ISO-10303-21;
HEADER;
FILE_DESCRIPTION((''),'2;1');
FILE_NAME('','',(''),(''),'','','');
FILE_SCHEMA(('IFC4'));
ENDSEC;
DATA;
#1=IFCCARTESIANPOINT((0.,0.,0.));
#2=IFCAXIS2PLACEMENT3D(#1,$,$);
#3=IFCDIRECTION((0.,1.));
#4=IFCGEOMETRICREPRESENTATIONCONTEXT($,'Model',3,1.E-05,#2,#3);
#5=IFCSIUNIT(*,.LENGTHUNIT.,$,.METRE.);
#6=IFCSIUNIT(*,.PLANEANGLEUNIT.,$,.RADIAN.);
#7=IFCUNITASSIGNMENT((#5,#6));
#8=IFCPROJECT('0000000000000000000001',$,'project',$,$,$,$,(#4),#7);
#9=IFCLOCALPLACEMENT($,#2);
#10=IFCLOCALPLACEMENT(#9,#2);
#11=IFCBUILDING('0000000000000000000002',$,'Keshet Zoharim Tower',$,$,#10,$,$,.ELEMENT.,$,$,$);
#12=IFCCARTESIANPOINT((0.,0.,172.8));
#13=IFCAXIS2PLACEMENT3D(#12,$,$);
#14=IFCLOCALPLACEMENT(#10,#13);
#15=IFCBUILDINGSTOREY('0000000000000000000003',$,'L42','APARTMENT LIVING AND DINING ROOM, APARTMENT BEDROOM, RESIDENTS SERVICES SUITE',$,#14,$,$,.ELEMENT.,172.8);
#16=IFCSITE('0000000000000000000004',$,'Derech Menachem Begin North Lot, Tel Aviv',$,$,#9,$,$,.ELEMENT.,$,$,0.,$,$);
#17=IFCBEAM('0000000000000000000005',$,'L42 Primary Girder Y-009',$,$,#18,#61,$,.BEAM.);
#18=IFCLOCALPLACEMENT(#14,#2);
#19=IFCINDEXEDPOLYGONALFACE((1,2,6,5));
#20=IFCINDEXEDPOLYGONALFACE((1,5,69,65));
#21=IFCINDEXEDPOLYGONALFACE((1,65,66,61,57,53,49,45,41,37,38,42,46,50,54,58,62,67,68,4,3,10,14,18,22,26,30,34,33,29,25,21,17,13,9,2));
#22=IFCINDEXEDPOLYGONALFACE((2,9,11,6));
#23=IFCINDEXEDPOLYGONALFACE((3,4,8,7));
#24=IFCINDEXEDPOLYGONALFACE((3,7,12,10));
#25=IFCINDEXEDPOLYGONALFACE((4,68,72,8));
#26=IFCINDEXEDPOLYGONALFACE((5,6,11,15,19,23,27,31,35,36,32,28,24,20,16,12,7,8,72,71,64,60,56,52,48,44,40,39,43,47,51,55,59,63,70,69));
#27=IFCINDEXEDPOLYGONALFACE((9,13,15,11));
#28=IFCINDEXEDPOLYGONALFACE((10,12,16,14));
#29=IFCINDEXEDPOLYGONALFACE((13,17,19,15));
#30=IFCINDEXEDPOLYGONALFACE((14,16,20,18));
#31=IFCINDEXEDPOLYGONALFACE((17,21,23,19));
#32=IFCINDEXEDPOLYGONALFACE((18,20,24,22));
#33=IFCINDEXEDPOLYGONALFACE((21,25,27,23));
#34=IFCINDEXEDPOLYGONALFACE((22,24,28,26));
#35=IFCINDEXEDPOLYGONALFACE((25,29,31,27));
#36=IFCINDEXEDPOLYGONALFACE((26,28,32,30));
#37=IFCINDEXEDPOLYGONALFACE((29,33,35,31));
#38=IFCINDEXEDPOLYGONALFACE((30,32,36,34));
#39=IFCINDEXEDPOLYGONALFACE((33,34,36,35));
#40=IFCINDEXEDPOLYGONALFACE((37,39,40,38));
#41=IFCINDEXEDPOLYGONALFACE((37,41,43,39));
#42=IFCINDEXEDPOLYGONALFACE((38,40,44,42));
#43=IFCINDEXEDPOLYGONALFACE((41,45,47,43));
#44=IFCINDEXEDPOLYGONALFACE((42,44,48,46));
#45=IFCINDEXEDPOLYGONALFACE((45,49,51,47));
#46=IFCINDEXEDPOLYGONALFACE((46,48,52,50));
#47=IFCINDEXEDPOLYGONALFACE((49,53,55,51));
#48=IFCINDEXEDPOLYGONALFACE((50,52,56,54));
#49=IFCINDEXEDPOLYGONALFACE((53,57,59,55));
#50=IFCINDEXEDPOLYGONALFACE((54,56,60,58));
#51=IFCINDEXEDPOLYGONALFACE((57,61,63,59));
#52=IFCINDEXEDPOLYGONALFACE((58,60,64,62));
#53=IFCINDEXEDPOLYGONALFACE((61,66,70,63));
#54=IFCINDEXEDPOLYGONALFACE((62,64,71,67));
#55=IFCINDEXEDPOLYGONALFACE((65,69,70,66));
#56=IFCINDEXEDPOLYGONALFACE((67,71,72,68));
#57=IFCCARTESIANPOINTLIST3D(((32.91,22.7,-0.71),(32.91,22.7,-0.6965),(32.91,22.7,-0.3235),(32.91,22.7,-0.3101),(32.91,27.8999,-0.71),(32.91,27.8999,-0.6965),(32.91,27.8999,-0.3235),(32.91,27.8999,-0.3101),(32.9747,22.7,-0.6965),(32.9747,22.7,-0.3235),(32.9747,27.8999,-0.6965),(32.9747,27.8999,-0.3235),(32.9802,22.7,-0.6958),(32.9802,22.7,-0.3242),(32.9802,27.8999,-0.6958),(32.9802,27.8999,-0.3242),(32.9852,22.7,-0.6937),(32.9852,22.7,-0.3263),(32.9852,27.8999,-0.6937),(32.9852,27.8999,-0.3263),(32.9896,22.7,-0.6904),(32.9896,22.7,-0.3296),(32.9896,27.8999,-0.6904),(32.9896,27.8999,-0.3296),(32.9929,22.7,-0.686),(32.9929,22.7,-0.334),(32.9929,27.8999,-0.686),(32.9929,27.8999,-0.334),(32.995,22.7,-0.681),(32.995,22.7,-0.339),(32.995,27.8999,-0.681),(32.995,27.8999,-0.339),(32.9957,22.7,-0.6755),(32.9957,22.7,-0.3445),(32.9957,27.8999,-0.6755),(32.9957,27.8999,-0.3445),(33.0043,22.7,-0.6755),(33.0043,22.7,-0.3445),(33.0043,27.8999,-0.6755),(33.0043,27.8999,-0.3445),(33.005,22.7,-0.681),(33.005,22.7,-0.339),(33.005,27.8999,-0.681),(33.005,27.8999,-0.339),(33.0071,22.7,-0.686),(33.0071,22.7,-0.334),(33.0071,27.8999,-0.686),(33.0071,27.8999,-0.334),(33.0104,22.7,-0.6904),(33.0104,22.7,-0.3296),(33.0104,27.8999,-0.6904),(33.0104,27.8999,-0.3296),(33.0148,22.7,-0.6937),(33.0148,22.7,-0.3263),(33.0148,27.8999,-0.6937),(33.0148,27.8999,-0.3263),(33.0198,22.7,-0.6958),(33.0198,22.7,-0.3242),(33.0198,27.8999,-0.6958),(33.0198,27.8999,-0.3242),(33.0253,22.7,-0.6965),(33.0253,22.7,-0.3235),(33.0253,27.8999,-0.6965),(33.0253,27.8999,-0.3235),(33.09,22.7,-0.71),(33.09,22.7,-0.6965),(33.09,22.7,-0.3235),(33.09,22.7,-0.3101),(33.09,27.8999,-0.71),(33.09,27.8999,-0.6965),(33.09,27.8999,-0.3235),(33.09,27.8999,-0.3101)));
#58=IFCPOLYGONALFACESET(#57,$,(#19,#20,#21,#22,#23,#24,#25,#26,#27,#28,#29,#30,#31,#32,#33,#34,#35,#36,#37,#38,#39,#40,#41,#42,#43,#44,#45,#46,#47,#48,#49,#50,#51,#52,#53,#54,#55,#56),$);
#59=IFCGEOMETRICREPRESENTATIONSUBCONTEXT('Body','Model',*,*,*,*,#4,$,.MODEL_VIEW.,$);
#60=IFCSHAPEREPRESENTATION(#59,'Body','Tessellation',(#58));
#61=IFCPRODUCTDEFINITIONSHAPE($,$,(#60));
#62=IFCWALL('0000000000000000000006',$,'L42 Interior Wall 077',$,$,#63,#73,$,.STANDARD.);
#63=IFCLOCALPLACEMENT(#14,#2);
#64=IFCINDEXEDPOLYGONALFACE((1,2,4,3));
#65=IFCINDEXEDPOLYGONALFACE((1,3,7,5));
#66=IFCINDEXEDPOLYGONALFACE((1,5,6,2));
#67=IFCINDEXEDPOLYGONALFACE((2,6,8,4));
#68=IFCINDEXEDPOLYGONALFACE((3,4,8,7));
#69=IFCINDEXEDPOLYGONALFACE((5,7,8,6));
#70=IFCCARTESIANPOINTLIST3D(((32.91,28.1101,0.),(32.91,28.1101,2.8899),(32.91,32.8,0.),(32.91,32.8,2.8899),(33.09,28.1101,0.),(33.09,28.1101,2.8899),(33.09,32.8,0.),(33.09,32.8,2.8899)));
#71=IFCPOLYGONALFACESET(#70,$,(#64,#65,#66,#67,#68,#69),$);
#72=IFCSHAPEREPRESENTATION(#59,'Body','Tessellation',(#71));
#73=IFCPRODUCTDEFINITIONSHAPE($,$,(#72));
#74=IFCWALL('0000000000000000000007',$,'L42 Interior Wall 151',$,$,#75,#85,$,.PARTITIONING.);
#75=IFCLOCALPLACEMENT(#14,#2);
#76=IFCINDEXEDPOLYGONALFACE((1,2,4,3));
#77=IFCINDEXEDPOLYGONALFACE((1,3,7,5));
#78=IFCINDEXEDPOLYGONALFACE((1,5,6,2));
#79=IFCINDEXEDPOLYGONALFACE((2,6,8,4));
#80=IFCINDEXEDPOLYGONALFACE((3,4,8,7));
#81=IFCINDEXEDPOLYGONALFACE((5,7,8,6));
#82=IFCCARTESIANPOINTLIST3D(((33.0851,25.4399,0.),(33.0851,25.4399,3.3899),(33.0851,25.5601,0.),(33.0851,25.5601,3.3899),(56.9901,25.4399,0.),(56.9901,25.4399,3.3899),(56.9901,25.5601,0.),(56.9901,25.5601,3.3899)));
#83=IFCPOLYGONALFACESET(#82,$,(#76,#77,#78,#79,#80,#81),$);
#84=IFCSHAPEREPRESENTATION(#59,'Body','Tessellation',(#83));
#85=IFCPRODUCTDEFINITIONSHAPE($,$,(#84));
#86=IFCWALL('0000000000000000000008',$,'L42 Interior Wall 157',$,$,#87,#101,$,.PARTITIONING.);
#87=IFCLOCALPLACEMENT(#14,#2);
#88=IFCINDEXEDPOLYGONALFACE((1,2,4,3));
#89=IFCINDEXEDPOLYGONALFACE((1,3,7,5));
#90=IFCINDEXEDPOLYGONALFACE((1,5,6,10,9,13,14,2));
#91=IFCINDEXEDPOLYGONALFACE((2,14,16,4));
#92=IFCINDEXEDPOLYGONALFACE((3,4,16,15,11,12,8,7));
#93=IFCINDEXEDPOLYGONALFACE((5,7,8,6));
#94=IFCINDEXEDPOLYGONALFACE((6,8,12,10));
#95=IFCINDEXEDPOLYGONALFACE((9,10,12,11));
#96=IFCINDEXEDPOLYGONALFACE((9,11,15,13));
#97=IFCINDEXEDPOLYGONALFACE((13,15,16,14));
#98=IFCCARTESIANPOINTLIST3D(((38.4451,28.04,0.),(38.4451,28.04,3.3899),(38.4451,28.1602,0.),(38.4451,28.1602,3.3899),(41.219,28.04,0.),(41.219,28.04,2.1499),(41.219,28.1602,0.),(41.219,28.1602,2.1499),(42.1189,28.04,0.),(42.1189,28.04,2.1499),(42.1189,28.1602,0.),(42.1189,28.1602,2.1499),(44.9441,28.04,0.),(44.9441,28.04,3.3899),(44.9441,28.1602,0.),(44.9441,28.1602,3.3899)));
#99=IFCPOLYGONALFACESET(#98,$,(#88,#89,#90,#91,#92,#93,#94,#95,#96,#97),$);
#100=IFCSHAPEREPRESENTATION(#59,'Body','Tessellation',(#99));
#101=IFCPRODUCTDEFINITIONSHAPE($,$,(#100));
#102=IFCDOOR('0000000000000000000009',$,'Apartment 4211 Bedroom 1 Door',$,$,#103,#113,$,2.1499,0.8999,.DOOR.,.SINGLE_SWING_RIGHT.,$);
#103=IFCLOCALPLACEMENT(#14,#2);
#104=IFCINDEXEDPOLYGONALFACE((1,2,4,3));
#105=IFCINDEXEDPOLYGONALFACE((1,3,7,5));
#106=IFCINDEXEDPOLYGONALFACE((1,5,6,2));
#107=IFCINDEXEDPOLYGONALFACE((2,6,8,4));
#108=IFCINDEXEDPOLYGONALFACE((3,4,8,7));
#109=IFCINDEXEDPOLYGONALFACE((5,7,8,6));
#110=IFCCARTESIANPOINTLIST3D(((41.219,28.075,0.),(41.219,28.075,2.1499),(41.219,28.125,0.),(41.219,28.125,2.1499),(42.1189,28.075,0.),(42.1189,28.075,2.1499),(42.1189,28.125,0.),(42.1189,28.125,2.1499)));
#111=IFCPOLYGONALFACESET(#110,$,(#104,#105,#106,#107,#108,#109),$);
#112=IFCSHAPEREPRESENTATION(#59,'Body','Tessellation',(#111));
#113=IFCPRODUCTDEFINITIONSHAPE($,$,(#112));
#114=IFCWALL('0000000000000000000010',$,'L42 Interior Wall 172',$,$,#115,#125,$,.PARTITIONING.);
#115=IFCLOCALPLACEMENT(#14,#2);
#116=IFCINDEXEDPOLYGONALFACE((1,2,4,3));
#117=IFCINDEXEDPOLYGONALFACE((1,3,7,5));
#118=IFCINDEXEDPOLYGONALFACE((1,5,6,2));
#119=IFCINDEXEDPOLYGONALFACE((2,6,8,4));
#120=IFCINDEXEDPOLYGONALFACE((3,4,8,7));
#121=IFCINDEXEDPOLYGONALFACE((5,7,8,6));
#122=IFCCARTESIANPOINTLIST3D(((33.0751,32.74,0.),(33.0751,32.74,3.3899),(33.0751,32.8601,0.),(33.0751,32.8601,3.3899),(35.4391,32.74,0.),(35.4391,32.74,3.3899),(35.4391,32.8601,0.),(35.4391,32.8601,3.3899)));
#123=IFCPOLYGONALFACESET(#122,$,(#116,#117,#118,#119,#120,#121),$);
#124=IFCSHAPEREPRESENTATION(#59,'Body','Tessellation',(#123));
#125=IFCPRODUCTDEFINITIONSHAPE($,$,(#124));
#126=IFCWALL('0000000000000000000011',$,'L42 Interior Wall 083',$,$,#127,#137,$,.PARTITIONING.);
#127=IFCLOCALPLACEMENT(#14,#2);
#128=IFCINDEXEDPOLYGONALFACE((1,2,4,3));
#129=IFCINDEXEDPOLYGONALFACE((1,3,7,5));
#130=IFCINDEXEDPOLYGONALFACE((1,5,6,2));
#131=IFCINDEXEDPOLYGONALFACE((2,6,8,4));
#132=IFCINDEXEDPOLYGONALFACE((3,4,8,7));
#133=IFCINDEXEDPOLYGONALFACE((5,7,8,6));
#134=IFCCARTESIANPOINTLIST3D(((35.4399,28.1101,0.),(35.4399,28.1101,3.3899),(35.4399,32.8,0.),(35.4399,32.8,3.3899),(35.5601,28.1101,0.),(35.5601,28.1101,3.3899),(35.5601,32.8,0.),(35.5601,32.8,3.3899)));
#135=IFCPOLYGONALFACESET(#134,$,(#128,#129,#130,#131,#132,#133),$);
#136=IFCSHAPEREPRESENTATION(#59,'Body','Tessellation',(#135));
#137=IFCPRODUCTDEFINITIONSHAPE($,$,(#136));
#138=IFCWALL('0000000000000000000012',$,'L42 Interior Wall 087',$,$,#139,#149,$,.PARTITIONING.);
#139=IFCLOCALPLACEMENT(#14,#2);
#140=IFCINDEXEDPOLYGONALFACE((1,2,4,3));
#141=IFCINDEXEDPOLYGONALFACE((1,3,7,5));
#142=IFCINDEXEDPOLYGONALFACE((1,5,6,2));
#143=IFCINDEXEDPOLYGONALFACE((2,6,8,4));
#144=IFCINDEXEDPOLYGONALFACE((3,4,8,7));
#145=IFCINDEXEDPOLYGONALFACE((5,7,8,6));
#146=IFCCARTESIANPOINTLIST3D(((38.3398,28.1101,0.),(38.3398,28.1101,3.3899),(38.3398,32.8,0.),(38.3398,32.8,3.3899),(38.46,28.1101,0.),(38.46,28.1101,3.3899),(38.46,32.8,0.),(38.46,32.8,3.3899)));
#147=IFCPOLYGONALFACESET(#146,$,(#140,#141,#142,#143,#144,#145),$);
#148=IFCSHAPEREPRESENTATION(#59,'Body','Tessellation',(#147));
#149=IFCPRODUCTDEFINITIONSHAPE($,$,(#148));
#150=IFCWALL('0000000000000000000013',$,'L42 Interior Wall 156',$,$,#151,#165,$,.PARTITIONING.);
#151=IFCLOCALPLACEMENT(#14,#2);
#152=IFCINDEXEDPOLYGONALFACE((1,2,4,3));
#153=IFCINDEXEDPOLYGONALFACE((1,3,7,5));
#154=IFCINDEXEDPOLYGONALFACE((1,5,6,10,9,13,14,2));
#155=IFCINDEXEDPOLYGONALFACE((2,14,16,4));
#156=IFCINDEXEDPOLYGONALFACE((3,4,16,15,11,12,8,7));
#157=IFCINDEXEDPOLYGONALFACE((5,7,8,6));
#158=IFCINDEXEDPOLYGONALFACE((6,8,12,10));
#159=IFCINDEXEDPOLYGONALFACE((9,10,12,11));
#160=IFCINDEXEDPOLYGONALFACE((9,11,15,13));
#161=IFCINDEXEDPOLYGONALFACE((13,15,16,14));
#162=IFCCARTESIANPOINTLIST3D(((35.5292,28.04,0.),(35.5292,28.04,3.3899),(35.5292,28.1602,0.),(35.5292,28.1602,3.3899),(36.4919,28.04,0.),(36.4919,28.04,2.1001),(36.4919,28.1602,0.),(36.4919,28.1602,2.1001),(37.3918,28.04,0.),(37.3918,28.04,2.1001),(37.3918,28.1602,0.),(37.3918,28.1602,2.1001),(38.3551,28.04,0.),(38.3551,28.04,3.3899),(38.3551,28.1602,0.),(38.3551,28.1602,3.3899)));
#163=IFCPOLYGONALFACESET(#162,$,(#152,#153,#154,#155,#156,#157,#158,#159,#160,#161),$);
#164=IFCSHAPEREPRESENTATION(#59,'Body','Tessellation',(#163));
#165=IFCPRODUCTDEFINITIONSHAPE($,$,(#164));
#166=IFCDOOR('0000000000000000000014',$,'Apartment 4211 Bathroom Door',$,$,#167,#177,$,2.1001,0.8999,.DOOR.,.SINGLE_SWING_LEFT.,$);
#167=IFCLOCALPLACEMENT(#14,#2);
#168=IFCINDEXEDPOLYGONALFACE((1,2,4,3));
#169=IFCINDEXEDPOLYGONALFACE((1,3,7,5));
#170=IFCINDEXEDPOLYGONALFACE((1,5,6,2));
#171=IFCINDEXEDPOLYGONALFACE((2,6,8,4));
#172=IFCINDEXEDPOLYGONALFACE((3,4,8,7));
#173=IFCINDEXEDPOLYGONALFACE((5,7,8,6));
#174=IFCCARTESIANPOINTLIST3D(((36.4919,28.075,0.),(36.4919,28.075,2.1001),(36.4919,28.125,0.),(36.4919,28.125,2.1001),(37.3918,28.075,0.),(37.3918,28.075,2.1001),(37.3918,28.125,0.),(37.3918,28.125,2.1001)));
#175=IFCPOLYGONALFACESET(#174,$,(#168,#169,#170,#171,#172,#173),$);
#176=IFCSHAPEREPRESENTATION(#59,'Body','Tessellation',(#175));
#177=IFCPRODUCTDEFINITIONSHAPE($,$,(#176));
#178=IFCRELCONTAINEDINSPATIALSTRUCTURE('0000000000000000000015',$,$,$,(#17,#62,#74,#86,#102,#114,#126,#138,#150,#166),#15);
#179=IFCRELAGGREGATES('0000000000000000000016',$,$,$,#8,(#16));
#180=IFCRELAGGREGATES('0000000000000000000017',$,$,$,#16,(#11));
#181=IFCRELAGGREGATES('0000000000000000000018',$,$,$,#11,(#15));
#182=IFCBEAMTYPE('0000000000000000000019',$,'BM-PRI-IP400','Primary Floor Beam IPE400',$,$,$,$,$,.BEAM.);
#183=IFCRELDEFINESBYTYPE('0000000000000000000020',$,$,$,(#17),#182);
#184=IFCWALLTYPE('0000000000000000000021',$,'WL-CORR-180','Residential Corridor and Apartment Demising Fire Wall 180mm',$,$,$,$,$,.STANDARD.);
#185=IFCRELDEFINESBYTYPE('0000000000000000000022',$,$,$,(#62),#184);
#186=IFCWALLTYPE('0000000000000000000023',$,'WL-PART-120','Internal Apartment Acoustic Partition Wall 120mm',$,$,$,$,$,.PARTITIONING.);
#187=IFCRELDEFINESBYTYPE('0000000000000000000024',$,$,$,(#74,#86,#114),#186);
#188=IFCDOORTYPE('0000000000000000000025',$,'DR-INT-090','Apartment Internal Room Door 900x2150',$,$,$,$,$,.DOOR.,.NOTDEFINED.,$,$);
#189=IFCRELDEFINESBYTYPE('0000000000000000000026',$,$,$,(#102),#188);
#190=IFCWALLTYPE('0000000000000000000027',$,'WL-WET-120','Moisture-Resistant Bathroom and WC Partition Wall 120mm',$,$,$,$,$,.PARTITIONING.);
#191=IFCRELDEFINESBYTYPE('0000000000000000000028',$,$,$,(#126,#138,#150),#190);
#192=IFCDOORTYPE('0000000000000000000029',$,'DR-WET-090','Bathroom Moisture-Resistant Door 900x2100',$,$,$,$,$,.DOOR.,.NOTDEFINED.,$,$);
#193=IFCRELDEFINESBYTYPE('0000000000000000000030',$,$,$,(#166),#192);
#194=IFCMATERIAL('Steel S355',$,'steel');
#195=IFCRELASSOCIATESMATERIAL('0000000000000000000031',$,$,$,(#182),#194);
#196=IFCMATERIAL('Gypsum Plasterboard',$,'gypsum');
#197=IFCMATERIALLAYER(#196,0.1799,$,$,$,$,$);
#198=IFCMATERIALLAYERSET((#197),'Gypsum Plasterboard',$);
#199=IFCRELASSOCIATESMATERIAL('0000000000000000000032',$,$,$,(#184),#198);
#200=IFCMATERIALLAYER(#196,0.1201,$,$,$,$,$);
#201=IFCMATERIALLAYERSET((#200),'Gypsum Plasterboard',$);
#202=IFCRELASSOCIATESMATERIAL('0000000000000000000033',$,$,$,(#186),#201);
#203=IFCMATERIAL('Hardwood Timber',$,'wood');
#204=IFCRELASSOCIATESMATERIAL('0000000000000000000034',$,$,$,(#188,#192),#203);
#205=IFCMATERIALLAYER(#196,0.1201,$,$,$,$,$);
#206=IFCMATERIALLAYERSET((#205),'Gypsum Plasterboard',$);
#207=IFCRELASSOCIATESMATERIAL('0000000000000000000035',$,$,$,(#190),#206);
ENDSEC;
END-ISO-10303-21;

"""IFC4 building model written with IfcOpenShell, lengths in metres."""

from ifc_helpers import new_model, si_unit, direction, frame, frame_2d, origin, origin_2d, place, context, subcontext, project, spatial, rectangle, i_section, extrude, material, layer, layer_set, material_profile, profile_set, type_object, element, fill, save


model = new_model("IFC4")

# Units and contexts
model_context = context("Model", 3, precision=1e-05, world=origin(), true_north=direction((0.0, 1.0)))
body_context = subcontext(model_context, "Body", "Model", "MODEL_VIEW")
ifc_project = project(units=[si_unit("LENGTHUNIT", "METRE"), si_unit("PLANEANGLEUNIT", "RADIAN")], contexts=[model_context])

# Site, building, storey
site_placement = place(None, origin())
site = spatial("IfcSite", under=ifc_project, at=site_placement, Name="Derech Menachem Begin North Lot, Tel Aviv", CompositionType="ELEMENT", RefElevation=0.0)
building_placement = place(site_placement, origin())
building = spatial("IfcBuilding", under=site, at=building_placement, Name="Keshet Zoharim Tower", CompositionType="ELEMENT")
storey_placement = place(building_placement, frame((0.0, 0.0, 172.8)))
storey = spatial("IfcBuildingStorey", under=building, at=storey_placement, Name="L42", Description="APARTMENT LIVING AND DINING ROOM, APARTMENT BEDROOM, RESIDENTS SERVICES SUITE", CompositionType="ELEMENT", Elevation=172.8)

# Beam
ifc_material_1 = material(Name="Steel S355", Category="steel")
ifc_material_profile_1 = material_profile(ifc_material_1, i_section(OverallWidth=0.1799, OverallDepth=0.3999, WebThickness=0.0085, FlangeThickness=0.0134, FilletRadius=0.021, at=origin_2d()), Name="IPE400")
ifc_profile_set_1 = profile_set([ifc_material_profile_1], Name="Steel S355")
beam_type_1 = type_object("IfcBeamType", Name="BM-PRI-IP400", Description="Primary Floor Beam IPE400", PredefinedType="BEAM", material=ifc_profile_set_1)
beam_1_placement = place(storey_placement, frame((33.0, 22.7, -0.51), z_axis=(0.0, 1.0, 0.0), x_axis=(-1.0, 0.0, 0.0)))
element("IfcBeam", 1, at=beam_1_placement, inside=storey, type_object=beam_type_1, Name="L42 Primary Girder Y-009", PredefinedType="BEAM", context=body_context, shape_type="SweptSolid", body=[
    extrude(i_section(OverallWidth=0.1799, OverallDepth=0.3999, WebThickness=0.0085, FlangeThickness=0.0134, FilletRadius=0.021, at=origin_2d()), origin(), (0.0, 0.0, 1.0), 5.2),
])

# Shared definitions
ifc_material_2 = material(Name="Gypsum Plasterboard", Category="gypsum")
ifc_material_3 = material(Name="Hardwood Timber", Category="wood")
ifc_layer_1 = layer(ifc_material_2, 0.1799)
ifc_layer_set_1 = layer_set([ifc_layer_1], Name="Gypsum Plasterboard")
wall_type_1 = type_object("IfcWallType", Name="WL-CORR-180", Description="Residential Corridor and Apartment Demising Fire Wall 180mm", PredefinedType="STANDARD", material=ifc_layer_set_1)

# Walls
wall_1_placement = place(storey_placement, frame((33.0, 28.1101, 0.0), z_axis=(0.0, 0.0, 1.0), x_axis=(0.0, 1.0, 0.0)))
element("IfcWall", 2, at=wall_1_placement, inside=storey, type_object=wall_type_1, Name="L42 Interior Wall 077", PredefinedType="STANDARD", context=body_context, shape_type="SweptSolid", body=[
    extrude(rectangle(XDim=4.6899, YDim=0.1799, at=frame_2d((2.345, 0.0))), origin(), (0.0, 0.0, 1.0), 2.8899),
])
ifc_layer_2 = layer(ifc_material_2, 0.1201)
ifc_layer_set_2 = layer_set([ifc_layer_2], Name="Gypsum Plasterboard")
wall_type_2 = type_object("IfcWallType", Name="WL-PART-120", Description="Internal Apartment Acoustic Partition Wall 120mm", PredefinedType="PARTITIONING", material=ifc_layer_set_2)
wall_2_placement = place(storey_placement, frame((33.085, 25.5, 0.0), z_axis=(0.0, 0.0, 1.0), x_axis=(1.0, 0.0, 0.0)))
element("IfcWall", 3, at=wall_2_placement, inside=storey, type_object=wall_type_2, Name="L42 Interior Wall 151", PredefinedType="PARTITIONING", context=body_context, shape_type="SweptSolid", body=[
    extrude(rectangle(XDim=23.905, YDim=0.1201, at=frame_2d((11.9526, 0.0))), origin(), (0.0, 0.0, 1.0), 3.3899),
])

# Wall, opening, door
door_type_1 = type_object("IfcDoorType", Name="DR-INT-090", Description="Apartment Internal Room Door 900x2150", OperationType="NOTDEFINED", PredefinedType="DOOR", material=ifc_material_3)
wall_3_placement = place(storey_placement, frame((38.4451, 28.1001, 0.0), z_axis=(0.0, 0.0, 1.0), x_axis=(1.0, 0.0, 0.0)))
wall_3 = element("IfcWall", 4, at=wall_3_placement, inside=storey, type_object=wall_type_2, Name="L42 Interior Wall 157", PredefinedType="PARTITIONING", context=body_context, shape_type="SweptSolid", body=[
    extrude(rectangle(XDim=6.499, YDim=0.1201, at=frame_2d((3.2495, 0.0))), origin(), (0.0, 0.0, 1.0), 3.3899),
])
opening_1_placement = place(wall_3_placement, frame((2.7739, 0.0, 0.0)))
opening_1 = element("IfcOpeningElement", 5, at=opening_1_placement, cuts=wall_3, PredefinedType="OPENING", context=body_context, shape_type="SweptSolid", body=[
    extrude(rectangle(XDim=0.8999, YDim=2.1499, at=frame_2d((0.45, 1.075))), frame((0.0, 0.0701, 0.0), z_axis=(0.0, -1.0, 0.0), x_axis=(1.0, 0.0, 0.0)), (0.0, 0.0, 1.0), 0.1401),
])
door_1_placement = place(opening_1_placement, origin())
door_1 = element("IfcDoor", 6, at=door_1_placement, inside=storey, type_object=door_type_1, Name="Apartment 4211 Bedroom 1 Door", OperationType="SINGLE_SWING_RIGHT", OverallHeight=2.1499, OverallWidth=0.8999, PredefinedType="DOOR", context=body_context, shape_type="SweptSolid", body=[
    extrude(rectangle(XDim=0.8999, YDim=2.1499, at=frame_2d((0.45, 1.075))), frame((0.0, 0.0249, 0.0), z_axis=(0.0, -1.0, 0.0), x_axis=(1.0, 0.0, 0.0)), (0.0, 0.0, 1.0), 0.05),
])
fill(opening_1, door_1)

# Walls
wall_4_placement = place(storey_placement, frame((33.075, 32.8, 0.0), z_axis=(0.0, 0.0, 1.0), x_axis=(1.0, 0.0, 0.0)))
element("IfcWall", 7, at=wall_4_placement, inside=storey, type_object=wall_type_2, Name="L42 Interior Wall 172", PredefinedType="PARTITIONING", context=body_context, shape_type="SweptSolid", body=[
    extrude(rectangle(XDim=2.364, YDim=0.1201, at=frame_2d((1.1821, 0.0))), origin(), (0.0, 0.0, 1.0), 3.3899),
])
ifc_layer_3 = layer(ifc_material_2, 0.1201)
ifc_layer_set_3 = layer_set([ifc_layer_3], Name="Gypsum Plasterboard")
wall_type_3 = type_object("IfcWallType", Name="WL-WET-120", Description="Moisture-Resistant Bathroom and WC Partition Wall 120mm", PredefinedType="PARTITIONING", material=ifc_layer_set_3)
for number, where, z_axis, x_axis, name in (
    (8, (35.5, 28.1101, 0.0), (0.0, 0.0, 1.0), (0.0, 1.0, 0.0), "L42 Interior Wall 083"),
    (9, (38.3999, 28.1101, 0.0), (0.0, 0.0, 1.0), (0.0, 1.0, 0.0), "L42 Interior Wall 087"),
):
    element("IfcWall", number, at=place(storey_placement, frame(where, z_axis=z_axis, x_axis=x_axis)), inside=storey, type_object=wall_type_3, Name=name, PredefinedType="PARTITIONING", context=body_context, shape_type="SweptSolid", body=[
        extrude(rectangle(XDim=4.6899, YDim=0.1201, at=frame_2d((2.345, 0.0))), origin(), (0.0, 0.0, 1.0), 3.3899),
    ])

# Wall, opening, door
wall_5_placement = place(storey_placement, frame((35.5291, 28.1001, 0.0), z_axis=(0.0, 0.0, 1.0), x_axis=(1.0, 0.0, 0.0)))
wall_5 = element("IfcWall", 10, at=wall_5_placement, inside=storey, type_object=wall_type_3, Name="L42 Interior Wall 156", PredefinedType="PARTITIONING", context=body_context, shape_type="SweptSolid", body=[
    extrude(rectangle(XDim=2.8259, YDim=0.1201, at=frame_2d((1.4131, 0.0))), origin(), (0.0, 0.0, 1.0), 3.3899),
])
opening_2_placement = place(wall_5_placement, frame((0.9629, 0.0, 0.0)))
opening_2 = element("IfcOpeningElement", 11, at=opening_2_placement, cuts=wall_5, PredefinedType="OPENING", context=body_context, shape_type="SweptSolid", body=[
    extrude(rectangle(XDim=0.8999, YDim=2.1001, at=frame_2d((0.45, 1.05))), frame((0.0, 0.0701, 0.0), z_axis=(0.0, -1.0, 0.0), x_axis=(1.0, 0.0, 0.0)), (0.0, 0.0, 1.0), 0.1401),
])
door_type_2 = type_object("IfcDoorType", Name="DR-WET-090", Description="Bathroom Moisture-Resistant Door 900x2100", OperationType="NOTDEFINED", PredefinedType="DOOR", material=ifc_material_3)
door_2_placement = place(opening_2_placement, origin())
door_2 = element("IfcDoor", 12, at=door_2_placement, inside=storey, type_object=door_type_2, Name="Apartment 4211 Bathroom Door", OperationType="SINGLE_SWING_LEFT", OverallHeight=2.1001, OverallWidth=0.8999, PredefinedType="DOOR", context=body_context, shape_type="SweptSolid", body=[
    extrude(rectangle(XDim=0.8999, YDim=2.1001, at=frame_2d((0.45, 1.05))), frame((0.0, 0.0249, 0.0), z_axis=(0.0, -1.0, 0.0), x_axis=(1.0, 0.0, 0.0)), (0.0, 0.0, 1.0), 0.05),
])
fill(opening_2, door_2)

save(model, "model.ifc")
